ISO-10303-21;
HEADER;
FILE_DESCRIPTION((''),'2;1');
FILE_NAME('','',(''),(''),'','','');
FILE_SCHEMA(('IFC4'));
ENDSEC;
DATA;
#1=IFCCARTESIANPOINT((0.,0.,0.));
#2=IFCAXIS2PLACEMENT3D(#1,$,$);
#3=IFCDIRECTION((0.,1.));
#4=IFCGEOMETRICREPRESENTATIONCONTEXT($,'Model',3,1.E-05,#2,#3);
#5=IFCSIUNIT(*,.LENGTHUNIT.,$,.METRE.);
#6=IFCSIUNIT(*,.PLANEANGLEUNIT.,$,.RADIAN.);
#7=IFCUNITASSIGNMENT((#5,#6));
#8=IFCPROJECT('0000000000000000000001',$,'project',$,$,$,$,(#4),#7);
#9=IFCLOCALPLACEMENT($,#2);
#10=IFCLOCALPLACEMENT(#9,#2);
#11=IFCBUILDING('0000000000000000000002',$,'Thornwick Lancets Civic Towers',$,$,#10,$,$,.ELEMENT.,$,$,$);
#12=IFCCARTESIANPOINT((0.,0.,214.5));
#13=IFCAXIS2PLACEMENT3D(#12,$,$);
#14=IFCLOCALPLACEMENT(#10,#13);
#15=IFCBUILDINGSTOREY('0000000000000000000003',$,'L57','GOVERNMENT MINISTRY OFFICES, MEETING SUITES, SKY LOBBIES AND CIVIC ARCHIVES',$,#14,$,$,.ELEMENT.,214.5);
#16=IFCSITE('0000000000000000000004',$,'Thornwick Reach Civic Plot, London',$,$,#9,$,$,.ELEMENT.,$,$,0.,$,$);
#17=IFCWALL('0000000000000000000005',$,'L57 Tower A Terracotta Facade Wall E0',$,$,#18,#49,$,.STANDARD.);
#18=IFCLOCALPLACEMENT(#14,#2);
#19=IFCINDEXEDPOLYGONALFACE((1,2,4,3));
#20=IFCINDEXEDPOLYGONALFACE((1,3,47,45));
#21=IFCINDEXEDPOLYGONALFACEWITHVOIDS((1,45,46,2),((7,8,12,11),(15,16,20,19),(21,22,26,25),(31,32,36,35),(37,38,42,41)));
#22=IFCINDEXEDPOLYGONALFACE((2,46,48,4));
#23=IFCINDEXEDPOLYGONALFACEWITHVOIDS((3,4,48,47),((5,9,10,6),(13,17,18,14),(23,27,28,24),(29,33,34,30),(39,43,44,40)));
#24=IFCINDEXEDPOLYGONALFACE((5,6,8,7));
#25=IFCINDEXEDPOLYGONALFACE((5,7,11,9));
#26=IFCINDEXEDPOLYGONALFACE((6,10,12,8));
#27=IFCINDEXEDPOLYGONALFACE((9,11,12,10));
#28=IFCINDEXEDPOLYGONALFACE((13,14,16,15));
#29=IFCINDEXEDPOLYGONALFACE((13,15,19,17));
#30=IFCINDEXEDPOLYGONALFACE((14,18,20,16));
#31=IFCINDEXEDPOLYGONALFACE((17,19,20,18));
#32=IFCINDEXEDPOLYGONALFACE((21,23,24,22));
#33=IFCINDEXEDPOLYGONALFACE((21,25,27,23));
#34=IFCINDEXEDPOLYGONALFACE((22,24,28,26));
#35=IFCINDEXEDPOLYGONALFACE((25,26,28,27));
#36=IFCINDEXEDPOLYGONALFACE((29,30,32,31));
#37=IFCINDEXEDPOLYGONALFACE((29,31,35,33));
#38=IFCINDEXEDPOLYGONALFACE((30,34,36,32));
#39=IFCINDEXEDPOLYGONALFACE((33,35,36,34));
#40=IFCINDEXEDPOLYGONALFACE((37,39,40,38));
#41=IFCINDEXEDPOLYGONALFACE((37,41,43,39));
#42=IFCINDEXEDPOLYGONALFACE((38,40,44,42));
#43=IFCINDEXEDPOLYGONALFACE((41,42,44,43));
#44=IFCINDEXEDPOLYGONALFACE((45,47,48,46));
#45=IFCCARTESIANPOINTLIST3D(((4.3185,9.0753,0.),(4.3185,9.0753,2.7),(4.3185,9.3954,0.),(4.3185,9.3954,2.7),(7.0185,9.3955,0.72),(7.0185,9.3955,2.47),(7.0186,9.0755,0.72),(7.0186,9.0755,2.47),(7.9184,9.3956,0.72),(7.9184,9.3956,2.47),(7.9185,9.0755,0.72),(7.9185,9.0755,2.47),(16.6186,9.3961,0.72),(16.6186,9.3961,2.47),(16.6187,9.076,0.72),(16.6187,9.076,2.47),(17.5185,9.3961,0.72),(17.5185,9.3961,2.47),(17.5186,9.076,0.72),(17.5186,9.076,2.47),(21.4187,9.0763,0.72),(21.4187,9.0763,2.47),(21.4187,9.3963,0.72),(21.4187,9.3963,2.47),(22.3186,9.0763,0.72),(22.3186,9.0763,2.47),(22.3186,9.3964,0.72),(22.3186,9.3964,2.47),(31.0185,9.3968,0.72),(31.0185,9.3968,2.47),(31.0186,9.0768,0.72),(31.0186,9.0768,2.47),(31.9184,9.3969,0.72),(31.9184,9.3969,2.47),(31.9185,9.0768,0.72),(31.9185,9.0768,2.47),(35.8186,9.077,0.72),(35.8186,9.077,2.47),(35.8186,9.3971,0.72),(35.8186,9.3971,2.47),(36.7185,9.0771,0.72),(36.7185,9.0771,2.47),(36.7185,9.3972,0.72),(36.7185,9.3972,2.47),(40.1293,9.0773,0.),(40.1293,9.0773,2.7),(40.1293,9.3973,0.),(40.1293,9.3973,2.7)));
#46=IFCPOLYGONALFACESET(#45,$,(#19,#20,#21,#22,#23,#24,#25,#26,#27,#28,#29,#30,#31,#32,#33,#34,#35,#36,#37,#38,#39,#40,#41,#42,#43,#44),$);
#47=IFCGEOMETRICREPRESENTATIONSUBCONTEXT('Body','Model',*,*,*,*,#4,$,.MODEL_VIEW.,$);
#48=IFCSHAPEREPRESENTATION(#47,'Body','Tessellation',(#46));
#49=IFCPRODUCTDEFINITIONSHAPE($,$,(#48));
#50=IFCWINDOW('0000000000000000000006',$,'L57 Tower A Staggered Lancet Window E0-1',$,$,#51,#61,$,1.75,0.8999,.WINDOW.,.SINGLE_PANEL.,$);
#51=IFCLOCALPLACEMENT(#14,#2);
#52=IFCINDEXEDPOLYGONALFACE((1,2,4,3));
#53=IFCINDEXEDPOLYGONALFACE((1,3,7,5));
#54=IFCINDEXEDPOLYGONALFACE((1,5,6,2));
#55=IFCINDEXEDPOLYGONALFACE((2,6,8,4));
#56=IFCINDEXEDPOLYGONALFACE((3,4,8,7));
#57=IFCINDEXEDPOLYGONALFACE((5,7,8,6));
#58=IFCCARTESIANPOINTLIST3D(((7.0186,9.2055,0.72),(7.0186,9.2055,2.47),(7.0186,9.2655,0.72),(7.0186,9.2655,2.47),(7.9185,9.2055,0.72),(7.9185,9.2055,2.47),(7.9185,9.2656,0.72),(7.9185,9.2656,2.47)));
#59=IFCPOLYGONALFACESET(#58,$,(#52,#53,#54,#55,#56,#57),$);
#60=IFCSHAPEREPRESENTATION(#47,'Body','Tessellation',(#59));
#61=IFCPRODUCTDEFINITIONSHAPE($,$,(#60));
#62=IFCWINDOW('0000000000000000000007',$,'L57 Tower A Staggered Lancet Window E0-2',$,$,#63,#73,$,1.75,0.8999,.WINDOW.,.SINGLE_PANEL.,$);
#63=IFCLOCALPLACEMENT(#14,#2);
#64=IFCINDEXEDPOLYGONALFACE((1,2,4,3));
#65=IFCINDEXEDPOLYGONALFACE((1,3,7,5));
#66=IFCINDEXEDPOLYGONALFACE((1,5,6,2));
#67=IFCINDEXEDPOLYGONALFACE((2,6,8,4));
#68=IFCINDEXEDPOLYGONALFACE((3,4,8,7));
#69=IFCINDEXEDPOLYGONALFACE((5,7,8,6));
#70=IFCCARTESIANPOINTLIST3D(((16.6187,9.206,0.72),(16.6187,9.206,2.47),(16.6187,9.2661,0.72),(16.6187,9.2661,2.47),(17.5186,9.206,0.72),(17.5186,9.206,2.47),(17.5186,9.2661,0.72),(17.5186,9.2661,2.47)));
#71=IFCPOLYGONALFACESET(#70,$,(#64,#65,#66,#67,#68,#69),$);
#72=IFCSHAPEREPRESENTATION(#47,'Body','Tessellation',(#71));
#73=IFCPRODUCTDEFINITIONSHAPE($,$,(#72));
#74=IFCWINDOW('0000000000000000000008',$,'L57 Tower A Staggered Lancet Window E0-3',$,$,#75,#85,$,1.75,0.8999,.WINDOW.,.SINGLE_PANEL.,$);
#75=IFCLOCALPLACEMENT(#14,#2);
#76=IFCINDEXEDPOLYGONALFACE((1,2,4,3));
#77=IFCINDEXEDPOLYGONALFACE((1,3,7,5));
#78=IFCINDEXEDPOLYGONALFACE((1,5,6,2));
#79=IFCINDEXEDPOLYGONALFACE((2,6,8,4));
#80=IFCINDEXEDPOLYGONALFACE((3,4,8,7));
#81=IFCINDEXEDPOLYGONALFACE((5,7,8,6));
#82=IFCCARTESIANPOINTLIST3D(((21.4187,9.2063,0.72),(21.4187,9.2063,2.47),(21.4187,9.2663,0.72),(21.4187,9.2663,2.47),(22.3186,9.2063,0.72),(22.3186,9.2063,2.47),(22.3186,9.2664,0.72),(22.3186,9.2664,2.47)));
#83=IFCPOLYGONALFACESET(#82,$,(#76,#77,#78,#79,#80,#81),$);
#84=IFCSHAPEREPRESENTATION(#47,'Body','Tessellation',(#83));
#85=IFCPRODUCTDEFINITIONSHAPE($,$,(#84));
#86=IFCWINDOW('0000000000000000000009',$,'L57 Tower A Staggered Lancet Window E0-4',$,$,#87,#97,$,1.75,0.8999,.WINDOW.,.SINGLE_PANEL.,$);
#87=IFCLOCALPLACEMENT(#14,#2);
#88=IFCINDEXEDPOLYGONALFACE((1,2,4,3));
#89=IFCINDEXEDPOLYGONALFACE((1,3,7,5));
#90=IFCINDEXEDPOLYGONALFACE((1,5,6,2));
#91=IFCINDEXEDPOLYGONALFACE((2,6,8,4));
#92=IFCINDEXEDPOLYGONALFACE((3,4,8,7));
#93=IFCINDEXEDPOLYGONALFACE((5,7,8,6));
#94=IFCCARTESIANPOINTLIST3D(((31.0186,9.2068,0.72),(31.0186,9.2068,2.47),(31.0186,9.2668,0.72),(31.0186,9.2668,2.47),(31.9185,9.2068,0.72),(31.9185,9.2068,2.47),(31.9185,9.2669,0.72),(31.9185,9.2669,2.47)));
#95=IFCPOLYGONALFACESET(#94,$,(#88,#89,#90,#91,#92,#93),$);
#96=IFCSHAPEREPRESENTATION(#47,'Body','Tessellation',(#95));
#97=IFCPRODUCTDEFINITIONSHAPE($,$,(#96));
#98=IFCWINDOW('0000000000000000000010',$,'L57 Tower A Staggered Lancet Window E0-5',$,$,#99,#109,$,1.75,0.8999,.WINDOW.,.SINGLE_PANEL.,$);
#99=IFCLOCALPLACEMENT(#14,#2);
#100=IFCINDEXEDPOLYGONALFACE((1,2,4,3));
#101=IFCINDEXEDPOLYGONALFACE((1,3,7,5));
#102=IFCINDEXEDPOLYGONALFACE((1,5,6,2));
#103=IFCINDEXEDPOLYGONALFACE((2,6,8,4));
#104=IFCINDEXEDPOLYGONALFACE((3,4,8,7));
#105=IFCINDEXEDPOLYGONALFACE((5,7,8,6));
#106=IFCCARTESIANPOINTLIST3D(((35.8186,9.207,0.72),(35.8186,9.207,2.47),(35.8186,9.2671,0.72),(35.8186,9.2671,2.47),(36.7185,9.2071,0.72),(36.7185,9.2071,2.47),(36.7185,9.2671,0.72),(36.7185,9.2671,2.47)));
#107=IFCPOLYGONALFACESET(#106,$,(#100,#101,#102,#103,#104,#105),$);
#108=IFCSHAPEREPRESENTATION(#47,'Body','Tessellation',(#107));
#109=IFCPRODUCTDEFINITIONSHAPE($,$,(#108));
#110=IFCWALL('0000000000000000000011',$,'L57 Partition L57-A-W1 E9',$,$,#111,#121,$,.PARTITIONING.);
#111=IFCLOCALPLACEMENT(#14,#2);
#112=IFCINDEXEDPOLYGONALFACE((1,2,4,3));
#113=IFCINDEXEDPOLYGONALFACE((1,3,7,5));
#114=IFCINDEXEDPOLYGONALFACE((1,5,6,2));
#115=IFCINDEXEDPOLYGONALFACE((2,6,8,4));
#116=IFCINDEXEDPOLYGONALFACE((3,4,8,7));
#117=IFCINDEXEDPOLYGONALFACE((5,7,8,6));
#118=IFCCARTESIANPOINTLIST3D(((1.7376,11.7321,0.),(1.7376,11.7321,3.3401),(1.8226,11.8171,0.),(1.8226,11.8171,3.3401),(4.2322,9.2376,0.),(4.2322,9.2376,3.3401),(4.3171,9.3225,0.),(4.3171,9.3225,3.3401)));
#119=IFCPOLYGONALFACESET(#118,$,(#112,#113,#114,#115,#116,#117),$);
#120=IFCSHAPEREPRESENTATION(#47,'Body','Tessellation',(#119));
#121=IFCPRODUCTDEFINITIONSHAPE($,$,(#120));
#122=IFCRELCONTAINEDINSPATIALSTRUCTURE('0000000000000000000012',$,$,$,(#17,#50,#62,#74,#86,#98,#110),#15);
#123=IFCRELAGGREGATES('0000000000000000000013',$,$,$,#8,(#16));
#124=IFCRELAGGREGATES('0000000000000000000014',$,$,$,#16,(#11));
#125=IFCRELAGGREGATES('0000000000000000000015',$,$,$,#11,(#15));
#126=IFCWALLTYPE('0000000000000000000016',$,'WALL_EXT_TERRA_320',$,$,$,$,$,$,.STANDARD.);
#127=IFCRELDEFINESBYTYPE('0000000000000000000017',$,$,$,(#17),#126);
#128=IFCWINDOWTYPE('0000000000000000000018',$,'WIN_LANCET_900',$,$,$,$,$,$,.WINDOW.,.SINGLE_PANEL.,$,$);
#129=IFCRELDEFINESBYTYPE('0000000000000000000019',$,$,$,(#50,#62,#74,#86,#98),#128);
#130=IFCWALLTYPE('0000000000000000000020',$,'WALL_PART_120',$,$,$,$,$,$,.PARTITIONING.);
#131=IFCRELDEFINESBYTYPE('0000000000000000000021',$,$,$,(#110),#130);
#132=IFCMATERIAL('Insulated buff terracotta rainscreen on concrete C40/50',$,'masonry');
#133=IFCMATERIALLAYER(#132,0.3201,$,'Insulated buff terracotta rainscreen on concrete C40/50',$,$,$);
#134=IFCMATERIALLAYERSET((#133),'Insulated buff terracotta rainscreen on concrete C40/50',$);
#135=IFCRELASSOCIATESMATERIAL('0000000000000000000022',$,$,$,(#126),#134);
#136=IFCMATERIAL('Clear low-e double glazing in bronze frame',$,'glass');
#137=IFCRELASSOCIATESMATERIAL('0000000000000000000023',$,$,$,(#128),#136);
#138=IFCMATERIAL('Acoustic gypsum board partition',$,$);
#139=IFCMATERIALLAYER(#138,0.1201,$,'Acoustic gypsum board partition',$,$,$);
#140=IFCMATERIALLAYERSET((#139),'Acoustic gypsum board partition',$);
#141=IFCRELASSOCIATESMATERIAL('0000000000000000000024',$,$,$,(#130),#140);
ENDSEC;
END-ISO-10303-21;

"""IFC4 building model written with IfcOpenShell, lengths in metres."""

from ifc_helpers import new_model, si_unit, direction, frame, frame_2d, origin, place, context, subcontext, project, spatial, rectangle, extrude, material, layer, layer_set, type_object, element, fill, save


model = new_model("IFC4")

# Units and contexts
model_context = context("Model", 3, precision=1e-05, world=origin(), true_north=direction((0.0, 1.0)))
body_context = subcontext(model_context, "Body", "Model", "MODEL_VIEW")
ifc_project = project(units=[si_unit("LENGTHUNIT", "METRE"), si_unit("PLANEANGLEUNIT", "RADIAN")], contexts=[model_context])

# Site, building, storey
site_placement = place(None, origin())
site = spatial("IfcSite", under=ifc_project, at=site_placement, Name="Thornwick Reach Civic Plot, London", CompositionType="ELEMENT", RefElevation=0.0)
building_placement = place(site_placement, origin())
building = spatial("IfcBuilding", under=site, at=building_placement, Name="Thornwick Lancets Civic Towers", CompositionType="ELEMENT")
storey_placement = place(building_placement, frame((0.0, 0.0, 214.5)))
storey = spatial("IfcBuildingStorey", under=building, at=storey_placement, Name="L57", Description="GOVERNMENT MINISTRY OFFICES, MEETING SUITES, SKY LOBBIES AND CIVIC ARCHIVES", CompositionType="ELEMENT", Elevation=214.5)

# Wall, openings, windows
ifc_material_1 = material(Name="Insulated buff terracotta rainscreen on concrete C40/50", Category="masonry")
ifc_layer_1 = layer(ifc_material_1, 0.3201, Name="Insulated buff terracotta rainscreen on concrete C40/50")
ifc_layer_set_1 = layer_set([ifc_layer_1], Name="Insulated buff terracotta rainscreen on concrete C40/50")
wall_type_1 = type_object("IfcWallType", Name="WALL_EXT_TERRA_320", PredefinedType="STANDARD", material=ifc_layer_set_1)
wall_1_placement = place(storey_placement, frame((4.3186, 9.2354, 0.0), z_axis=(0.0, 0.0, 1.0), x_axis=(1.0, 0.000055, 0.0)))
wall_1 = element("IfcWall", 1, at=wall_1_placement, inside=storey, type_object=wall_type_1, Name="L57 Tower A Terracotta Facade Wall E0", PredefinedType="STANDARD", context=body_context, shape_type="SweptSolid", body=[
    extrude(rectangle(XDim=35.8108, YDim=0.3201, at=frame_2d((17.9053, 0.0))), origin(), (0.0, 0.0, 1.0), 2.7),
])
opening_1_placement = place(wall_1_placement, frame((2.7, 0.0, 0.72)))
opening_1 = element("IfcOpeningElement", 2, at=opening_1_placement, cuts=wall_1, PredefinedType="OPENING", context=body_context, shape_type="SweptSolid", body=[
    extrude(rectangle(XDim=0.8999, YDim=1.75, at=frame_2d((0.45, 0.875))), frame((0.0, 0.1699, 0.0), z_axis=(0.0, -1.0, 0.0), x_axis=(1.0, 0.0, 0.0)), (0.0, 0.0, 1.0), 0.3401),
])
opening_2_placement = place(wall_1_placement, frame((12.3, 0.0, 0.72)))
opening_2 = element("IfcOpeningElement", 3, at=opening_2_placement, cuts=wall_1, PredefinedType="OPENING", context=body_context, shape_type="SweptSolid", body=[
    extrude(rectangle(XDim=0.8999, YDim=1.75, at=frame_2d((0.45, 0.875))), frame((0.0, 0.1699, 0.0), z_axis=(0.0, -1.0, 0.0), x_axis=(1.0, 0.0, 0.0)), (0.0, 0.0, 1.0), 0.3401),
])
opening_3_placement = place(wall_1_placement, frame((17.1001, 0.0, 0.72)))
opening_3 = element("IfcOpeningElement", 4, at=opening_3_placement, cuts=wall_1, PredefinedType="OPENING", context=body_context, shape_type="SweptSolid", body=[
    extrude(rectangle(XDim=0.8999, YDim=1.75, at=frame_2d((0.45, 0.875))), frame((0.0, 0.1699, 0.0), z_axis=(0.0, -1.0, 0.0), x_axis=(1.0, 0.0, 0.0)), (0.0, 0.0, 1.0), 0.3401),
])
opening_4_placement = place(wall_1_placement, frame((26.7, 0.0, 0.72)))
opening_4 = element("IfcOpeningElement", 5, at=opening_4_placement, cuts=wall_1, PredefinedType="OPENING", context=body_context, shape_type="SweptSolid", body=[
    extrude(rectangle(XDim=0.8999, YDim=1.75, at=frame_2d((0.45, 0.875))), frame((0.0, 0.1699, 0.0), z_axis=(0.0, -1.0, 0.0), x_axis=(1.0, 0.0, 0.0)), (0.0, 0.0, 1.0), 0.3401),
])
opening_5_placement = place(wall_1_placement, frame((31.5, 0.0, 0.72)))
opening_5 = element("IfcOpeningElement", 6, at=opening_5_placement, cuts=wall_1, PredefinedType="OPENING", context=body_context, shape_type="SweptSolid", body=[
    extrude(rectangle(XDim=0.8999, YDim=1.75, at=frame_2d((0.45, 0.875))), frame((0.0, 0.1699, 0.0), z_axis=(0.0, -1.0, 0.0), x_axis=(1.0, 0.0, 0.0)), (0.0, 0.0, 1.0), 0.3401),
])
ifc_material_2 = material(Name="Clear low-e double glazing in bronze frame", Category="glass")
window_type = type_object("IfcWindowType", Name="WIN_LANCET_900", PartitioningType="SINGLE_PANEL", PredefinedType="WINDOW", material=ifc_material_2)
window_1_placement = place(opening_1_placement, origin())
window_1 = element("IfcWindow", 7, at=window_1_placement, inside=storey, type_object=window_type, Name="L57 Tower A Staggered Lancet Window E0-1", OverallHeight=1.75, OverallWidth=0.8999, PartitioningType="SINGLE_PANEL", PredefinedType="WINDOW", context=body_context, shape_type="SweptSolid", body=[
    extrude(rectangle(XDim=0.8999, YDim=1.75, at=frame_2d((0.45, 0.875))), frame((0.0, 0.03, 0.0), z_axis=(0.0, -1.0, 0.0), x_axis=(1.0, 0.0, 0.0)), (0.0, 0.0, 1.0), 0.0601),
])
fill(opening_1, window_1)
window_2_placement = place(opening_2_placement, origin())
window_2 = element("IfcWindow", 8, at=window_2_placement, inside=storey, type_object=window_type, Name="L57 Tower A Staggered Lancet Window E0-2", OverallHeight=1.75, OverallWidth=0.8999, PartitioningType="SINGLE_PANEL", PredefinedType="WINDOW", context=body_context, shape_type="SweptSolid", body=[
    extrude(rectangle(XDim=0.8999, YDim=1.75, at=frame_2d((0.45, 0.875))), frame((0.0, 0.03, 0.0), z_axis=(0.0, -1.0, 0.0), x_axis=(1.0, 0.0, 0.0)), (0.0, 0.0, 1.0), 0.0601),
])
fill(opening_2, window_2)
window_3_placement = place(opening_3_placement, origin())
window_3 = element("IfcWindow", 9, at=window_3_placement, inside=storey, type_object=window_type, Name="L57 Tower A Staggered Lancet Window E0-3", OverallHeight=1.75, OverallWidth=0.8999, PartitioningType="SINGLE_PANEL", PredefinedType="WINDOW", context=body_context, shape_type="SweptSolid", body=[
    extrude(rectangle(XDim=0.8999, YDim=1.75, at=frame_2d((0.45, 0.875))), frame((0.0, 0.03, 0.0), z_axis=(0.0, -1.0, 0.0), x_axis=(1.0, 0.0, 0.0)), (0.0, 0.0, 1.0), 0.0601),
])
fill(opening_3, window_3)
window_4_placement = place(opening_4_placement, origin())
window_4 = element("IfcWindow", 10, at=window_4_placement, inside=storey, type_object=window_type, Name="L57 Tower A Staggered Lancet Window E0-4", OverallHeight=1.75, OverallWidth=0.8999, PartitioningType="SINGLE_PANEL", PredefinedType="WINDOW", context=body_context, shape_type="SweptSolid", body=[
    extrude(rectangle(XDim=0.8999, YDim=1.75, at=frame_2d((0.45, 0.875))), frame((0.0, 0.03, 0.0), z_axis=(0.0, -1.0, 0.0), x_axis=(1.0, 0.0, 0.0)), (0.0, 0.0, 1.0), 0.0601),
])
fill(opening_4, window_4)
window_5_placement = place(opening_5_placement, origin())
window_5 = element("IfcWindow", 11, at=window_5_placement, inside=storey, type_object=window_type, Name="L57 Tower A Staggered Lancet Window E0-5", OverallHeight=1.75, OverallWidth=0.8999, PartitioningType="SINGLE_PANEL", PredefinedType="WINDOW", context=body_context, shape_type="SweptSolid", body=[
    extrude(rectangle(XDim=0.8999, YDim=1.75, at=frame_2d((0.45, 0.875))), frame((0.0, 0.03, 0.0), z_axis=(0.0, -1.0, 0.0), x_axis=(1.0, 0.0, 0.0)), (0.0, 0.0, 1.0), 0.0601),
])
fill(opening_5, window_5)

# Wall
ifc_material_3 = material(Name="Acoustic gypsum board partition")
ifc_layer_2 = layer(ifc_material_3, 0.1201, Name="Acoustic gypsum board partition")
ifc_layer_set_2 = layer_set([ifc_layer_2], Name="Acoustic gypsum board partition")
wall_type_2 = type_object("IfcWallType", Name="WALL_PART_120", PredefinedType="PARTITIONING", material=ifc_layer_set_2)
wall_2_placement = place(storey_placement, frame((4.2747, 9.28, 0.0), z_axis=(0.0, 0.0, 1.0), x_axis=(-0.707107, 0.707107, 0.0)))
element("IfcWall", 12, at=wall_2_placement, inside=storey, type_object=wall_type_2, Name="L57 Partition L57-A-W1 E9", PredefinedType="PARTITIONING", context=body_context, shape_type="SweptSolid", body=[
    extrude(rectangle(XDim=3.5278, YDim=0.1201, at=frame_2d((1.7639, 0.0))), origin(), (0.0, 0.0, 1.0), 3.3401),
])

save(model, "model.ifc")
